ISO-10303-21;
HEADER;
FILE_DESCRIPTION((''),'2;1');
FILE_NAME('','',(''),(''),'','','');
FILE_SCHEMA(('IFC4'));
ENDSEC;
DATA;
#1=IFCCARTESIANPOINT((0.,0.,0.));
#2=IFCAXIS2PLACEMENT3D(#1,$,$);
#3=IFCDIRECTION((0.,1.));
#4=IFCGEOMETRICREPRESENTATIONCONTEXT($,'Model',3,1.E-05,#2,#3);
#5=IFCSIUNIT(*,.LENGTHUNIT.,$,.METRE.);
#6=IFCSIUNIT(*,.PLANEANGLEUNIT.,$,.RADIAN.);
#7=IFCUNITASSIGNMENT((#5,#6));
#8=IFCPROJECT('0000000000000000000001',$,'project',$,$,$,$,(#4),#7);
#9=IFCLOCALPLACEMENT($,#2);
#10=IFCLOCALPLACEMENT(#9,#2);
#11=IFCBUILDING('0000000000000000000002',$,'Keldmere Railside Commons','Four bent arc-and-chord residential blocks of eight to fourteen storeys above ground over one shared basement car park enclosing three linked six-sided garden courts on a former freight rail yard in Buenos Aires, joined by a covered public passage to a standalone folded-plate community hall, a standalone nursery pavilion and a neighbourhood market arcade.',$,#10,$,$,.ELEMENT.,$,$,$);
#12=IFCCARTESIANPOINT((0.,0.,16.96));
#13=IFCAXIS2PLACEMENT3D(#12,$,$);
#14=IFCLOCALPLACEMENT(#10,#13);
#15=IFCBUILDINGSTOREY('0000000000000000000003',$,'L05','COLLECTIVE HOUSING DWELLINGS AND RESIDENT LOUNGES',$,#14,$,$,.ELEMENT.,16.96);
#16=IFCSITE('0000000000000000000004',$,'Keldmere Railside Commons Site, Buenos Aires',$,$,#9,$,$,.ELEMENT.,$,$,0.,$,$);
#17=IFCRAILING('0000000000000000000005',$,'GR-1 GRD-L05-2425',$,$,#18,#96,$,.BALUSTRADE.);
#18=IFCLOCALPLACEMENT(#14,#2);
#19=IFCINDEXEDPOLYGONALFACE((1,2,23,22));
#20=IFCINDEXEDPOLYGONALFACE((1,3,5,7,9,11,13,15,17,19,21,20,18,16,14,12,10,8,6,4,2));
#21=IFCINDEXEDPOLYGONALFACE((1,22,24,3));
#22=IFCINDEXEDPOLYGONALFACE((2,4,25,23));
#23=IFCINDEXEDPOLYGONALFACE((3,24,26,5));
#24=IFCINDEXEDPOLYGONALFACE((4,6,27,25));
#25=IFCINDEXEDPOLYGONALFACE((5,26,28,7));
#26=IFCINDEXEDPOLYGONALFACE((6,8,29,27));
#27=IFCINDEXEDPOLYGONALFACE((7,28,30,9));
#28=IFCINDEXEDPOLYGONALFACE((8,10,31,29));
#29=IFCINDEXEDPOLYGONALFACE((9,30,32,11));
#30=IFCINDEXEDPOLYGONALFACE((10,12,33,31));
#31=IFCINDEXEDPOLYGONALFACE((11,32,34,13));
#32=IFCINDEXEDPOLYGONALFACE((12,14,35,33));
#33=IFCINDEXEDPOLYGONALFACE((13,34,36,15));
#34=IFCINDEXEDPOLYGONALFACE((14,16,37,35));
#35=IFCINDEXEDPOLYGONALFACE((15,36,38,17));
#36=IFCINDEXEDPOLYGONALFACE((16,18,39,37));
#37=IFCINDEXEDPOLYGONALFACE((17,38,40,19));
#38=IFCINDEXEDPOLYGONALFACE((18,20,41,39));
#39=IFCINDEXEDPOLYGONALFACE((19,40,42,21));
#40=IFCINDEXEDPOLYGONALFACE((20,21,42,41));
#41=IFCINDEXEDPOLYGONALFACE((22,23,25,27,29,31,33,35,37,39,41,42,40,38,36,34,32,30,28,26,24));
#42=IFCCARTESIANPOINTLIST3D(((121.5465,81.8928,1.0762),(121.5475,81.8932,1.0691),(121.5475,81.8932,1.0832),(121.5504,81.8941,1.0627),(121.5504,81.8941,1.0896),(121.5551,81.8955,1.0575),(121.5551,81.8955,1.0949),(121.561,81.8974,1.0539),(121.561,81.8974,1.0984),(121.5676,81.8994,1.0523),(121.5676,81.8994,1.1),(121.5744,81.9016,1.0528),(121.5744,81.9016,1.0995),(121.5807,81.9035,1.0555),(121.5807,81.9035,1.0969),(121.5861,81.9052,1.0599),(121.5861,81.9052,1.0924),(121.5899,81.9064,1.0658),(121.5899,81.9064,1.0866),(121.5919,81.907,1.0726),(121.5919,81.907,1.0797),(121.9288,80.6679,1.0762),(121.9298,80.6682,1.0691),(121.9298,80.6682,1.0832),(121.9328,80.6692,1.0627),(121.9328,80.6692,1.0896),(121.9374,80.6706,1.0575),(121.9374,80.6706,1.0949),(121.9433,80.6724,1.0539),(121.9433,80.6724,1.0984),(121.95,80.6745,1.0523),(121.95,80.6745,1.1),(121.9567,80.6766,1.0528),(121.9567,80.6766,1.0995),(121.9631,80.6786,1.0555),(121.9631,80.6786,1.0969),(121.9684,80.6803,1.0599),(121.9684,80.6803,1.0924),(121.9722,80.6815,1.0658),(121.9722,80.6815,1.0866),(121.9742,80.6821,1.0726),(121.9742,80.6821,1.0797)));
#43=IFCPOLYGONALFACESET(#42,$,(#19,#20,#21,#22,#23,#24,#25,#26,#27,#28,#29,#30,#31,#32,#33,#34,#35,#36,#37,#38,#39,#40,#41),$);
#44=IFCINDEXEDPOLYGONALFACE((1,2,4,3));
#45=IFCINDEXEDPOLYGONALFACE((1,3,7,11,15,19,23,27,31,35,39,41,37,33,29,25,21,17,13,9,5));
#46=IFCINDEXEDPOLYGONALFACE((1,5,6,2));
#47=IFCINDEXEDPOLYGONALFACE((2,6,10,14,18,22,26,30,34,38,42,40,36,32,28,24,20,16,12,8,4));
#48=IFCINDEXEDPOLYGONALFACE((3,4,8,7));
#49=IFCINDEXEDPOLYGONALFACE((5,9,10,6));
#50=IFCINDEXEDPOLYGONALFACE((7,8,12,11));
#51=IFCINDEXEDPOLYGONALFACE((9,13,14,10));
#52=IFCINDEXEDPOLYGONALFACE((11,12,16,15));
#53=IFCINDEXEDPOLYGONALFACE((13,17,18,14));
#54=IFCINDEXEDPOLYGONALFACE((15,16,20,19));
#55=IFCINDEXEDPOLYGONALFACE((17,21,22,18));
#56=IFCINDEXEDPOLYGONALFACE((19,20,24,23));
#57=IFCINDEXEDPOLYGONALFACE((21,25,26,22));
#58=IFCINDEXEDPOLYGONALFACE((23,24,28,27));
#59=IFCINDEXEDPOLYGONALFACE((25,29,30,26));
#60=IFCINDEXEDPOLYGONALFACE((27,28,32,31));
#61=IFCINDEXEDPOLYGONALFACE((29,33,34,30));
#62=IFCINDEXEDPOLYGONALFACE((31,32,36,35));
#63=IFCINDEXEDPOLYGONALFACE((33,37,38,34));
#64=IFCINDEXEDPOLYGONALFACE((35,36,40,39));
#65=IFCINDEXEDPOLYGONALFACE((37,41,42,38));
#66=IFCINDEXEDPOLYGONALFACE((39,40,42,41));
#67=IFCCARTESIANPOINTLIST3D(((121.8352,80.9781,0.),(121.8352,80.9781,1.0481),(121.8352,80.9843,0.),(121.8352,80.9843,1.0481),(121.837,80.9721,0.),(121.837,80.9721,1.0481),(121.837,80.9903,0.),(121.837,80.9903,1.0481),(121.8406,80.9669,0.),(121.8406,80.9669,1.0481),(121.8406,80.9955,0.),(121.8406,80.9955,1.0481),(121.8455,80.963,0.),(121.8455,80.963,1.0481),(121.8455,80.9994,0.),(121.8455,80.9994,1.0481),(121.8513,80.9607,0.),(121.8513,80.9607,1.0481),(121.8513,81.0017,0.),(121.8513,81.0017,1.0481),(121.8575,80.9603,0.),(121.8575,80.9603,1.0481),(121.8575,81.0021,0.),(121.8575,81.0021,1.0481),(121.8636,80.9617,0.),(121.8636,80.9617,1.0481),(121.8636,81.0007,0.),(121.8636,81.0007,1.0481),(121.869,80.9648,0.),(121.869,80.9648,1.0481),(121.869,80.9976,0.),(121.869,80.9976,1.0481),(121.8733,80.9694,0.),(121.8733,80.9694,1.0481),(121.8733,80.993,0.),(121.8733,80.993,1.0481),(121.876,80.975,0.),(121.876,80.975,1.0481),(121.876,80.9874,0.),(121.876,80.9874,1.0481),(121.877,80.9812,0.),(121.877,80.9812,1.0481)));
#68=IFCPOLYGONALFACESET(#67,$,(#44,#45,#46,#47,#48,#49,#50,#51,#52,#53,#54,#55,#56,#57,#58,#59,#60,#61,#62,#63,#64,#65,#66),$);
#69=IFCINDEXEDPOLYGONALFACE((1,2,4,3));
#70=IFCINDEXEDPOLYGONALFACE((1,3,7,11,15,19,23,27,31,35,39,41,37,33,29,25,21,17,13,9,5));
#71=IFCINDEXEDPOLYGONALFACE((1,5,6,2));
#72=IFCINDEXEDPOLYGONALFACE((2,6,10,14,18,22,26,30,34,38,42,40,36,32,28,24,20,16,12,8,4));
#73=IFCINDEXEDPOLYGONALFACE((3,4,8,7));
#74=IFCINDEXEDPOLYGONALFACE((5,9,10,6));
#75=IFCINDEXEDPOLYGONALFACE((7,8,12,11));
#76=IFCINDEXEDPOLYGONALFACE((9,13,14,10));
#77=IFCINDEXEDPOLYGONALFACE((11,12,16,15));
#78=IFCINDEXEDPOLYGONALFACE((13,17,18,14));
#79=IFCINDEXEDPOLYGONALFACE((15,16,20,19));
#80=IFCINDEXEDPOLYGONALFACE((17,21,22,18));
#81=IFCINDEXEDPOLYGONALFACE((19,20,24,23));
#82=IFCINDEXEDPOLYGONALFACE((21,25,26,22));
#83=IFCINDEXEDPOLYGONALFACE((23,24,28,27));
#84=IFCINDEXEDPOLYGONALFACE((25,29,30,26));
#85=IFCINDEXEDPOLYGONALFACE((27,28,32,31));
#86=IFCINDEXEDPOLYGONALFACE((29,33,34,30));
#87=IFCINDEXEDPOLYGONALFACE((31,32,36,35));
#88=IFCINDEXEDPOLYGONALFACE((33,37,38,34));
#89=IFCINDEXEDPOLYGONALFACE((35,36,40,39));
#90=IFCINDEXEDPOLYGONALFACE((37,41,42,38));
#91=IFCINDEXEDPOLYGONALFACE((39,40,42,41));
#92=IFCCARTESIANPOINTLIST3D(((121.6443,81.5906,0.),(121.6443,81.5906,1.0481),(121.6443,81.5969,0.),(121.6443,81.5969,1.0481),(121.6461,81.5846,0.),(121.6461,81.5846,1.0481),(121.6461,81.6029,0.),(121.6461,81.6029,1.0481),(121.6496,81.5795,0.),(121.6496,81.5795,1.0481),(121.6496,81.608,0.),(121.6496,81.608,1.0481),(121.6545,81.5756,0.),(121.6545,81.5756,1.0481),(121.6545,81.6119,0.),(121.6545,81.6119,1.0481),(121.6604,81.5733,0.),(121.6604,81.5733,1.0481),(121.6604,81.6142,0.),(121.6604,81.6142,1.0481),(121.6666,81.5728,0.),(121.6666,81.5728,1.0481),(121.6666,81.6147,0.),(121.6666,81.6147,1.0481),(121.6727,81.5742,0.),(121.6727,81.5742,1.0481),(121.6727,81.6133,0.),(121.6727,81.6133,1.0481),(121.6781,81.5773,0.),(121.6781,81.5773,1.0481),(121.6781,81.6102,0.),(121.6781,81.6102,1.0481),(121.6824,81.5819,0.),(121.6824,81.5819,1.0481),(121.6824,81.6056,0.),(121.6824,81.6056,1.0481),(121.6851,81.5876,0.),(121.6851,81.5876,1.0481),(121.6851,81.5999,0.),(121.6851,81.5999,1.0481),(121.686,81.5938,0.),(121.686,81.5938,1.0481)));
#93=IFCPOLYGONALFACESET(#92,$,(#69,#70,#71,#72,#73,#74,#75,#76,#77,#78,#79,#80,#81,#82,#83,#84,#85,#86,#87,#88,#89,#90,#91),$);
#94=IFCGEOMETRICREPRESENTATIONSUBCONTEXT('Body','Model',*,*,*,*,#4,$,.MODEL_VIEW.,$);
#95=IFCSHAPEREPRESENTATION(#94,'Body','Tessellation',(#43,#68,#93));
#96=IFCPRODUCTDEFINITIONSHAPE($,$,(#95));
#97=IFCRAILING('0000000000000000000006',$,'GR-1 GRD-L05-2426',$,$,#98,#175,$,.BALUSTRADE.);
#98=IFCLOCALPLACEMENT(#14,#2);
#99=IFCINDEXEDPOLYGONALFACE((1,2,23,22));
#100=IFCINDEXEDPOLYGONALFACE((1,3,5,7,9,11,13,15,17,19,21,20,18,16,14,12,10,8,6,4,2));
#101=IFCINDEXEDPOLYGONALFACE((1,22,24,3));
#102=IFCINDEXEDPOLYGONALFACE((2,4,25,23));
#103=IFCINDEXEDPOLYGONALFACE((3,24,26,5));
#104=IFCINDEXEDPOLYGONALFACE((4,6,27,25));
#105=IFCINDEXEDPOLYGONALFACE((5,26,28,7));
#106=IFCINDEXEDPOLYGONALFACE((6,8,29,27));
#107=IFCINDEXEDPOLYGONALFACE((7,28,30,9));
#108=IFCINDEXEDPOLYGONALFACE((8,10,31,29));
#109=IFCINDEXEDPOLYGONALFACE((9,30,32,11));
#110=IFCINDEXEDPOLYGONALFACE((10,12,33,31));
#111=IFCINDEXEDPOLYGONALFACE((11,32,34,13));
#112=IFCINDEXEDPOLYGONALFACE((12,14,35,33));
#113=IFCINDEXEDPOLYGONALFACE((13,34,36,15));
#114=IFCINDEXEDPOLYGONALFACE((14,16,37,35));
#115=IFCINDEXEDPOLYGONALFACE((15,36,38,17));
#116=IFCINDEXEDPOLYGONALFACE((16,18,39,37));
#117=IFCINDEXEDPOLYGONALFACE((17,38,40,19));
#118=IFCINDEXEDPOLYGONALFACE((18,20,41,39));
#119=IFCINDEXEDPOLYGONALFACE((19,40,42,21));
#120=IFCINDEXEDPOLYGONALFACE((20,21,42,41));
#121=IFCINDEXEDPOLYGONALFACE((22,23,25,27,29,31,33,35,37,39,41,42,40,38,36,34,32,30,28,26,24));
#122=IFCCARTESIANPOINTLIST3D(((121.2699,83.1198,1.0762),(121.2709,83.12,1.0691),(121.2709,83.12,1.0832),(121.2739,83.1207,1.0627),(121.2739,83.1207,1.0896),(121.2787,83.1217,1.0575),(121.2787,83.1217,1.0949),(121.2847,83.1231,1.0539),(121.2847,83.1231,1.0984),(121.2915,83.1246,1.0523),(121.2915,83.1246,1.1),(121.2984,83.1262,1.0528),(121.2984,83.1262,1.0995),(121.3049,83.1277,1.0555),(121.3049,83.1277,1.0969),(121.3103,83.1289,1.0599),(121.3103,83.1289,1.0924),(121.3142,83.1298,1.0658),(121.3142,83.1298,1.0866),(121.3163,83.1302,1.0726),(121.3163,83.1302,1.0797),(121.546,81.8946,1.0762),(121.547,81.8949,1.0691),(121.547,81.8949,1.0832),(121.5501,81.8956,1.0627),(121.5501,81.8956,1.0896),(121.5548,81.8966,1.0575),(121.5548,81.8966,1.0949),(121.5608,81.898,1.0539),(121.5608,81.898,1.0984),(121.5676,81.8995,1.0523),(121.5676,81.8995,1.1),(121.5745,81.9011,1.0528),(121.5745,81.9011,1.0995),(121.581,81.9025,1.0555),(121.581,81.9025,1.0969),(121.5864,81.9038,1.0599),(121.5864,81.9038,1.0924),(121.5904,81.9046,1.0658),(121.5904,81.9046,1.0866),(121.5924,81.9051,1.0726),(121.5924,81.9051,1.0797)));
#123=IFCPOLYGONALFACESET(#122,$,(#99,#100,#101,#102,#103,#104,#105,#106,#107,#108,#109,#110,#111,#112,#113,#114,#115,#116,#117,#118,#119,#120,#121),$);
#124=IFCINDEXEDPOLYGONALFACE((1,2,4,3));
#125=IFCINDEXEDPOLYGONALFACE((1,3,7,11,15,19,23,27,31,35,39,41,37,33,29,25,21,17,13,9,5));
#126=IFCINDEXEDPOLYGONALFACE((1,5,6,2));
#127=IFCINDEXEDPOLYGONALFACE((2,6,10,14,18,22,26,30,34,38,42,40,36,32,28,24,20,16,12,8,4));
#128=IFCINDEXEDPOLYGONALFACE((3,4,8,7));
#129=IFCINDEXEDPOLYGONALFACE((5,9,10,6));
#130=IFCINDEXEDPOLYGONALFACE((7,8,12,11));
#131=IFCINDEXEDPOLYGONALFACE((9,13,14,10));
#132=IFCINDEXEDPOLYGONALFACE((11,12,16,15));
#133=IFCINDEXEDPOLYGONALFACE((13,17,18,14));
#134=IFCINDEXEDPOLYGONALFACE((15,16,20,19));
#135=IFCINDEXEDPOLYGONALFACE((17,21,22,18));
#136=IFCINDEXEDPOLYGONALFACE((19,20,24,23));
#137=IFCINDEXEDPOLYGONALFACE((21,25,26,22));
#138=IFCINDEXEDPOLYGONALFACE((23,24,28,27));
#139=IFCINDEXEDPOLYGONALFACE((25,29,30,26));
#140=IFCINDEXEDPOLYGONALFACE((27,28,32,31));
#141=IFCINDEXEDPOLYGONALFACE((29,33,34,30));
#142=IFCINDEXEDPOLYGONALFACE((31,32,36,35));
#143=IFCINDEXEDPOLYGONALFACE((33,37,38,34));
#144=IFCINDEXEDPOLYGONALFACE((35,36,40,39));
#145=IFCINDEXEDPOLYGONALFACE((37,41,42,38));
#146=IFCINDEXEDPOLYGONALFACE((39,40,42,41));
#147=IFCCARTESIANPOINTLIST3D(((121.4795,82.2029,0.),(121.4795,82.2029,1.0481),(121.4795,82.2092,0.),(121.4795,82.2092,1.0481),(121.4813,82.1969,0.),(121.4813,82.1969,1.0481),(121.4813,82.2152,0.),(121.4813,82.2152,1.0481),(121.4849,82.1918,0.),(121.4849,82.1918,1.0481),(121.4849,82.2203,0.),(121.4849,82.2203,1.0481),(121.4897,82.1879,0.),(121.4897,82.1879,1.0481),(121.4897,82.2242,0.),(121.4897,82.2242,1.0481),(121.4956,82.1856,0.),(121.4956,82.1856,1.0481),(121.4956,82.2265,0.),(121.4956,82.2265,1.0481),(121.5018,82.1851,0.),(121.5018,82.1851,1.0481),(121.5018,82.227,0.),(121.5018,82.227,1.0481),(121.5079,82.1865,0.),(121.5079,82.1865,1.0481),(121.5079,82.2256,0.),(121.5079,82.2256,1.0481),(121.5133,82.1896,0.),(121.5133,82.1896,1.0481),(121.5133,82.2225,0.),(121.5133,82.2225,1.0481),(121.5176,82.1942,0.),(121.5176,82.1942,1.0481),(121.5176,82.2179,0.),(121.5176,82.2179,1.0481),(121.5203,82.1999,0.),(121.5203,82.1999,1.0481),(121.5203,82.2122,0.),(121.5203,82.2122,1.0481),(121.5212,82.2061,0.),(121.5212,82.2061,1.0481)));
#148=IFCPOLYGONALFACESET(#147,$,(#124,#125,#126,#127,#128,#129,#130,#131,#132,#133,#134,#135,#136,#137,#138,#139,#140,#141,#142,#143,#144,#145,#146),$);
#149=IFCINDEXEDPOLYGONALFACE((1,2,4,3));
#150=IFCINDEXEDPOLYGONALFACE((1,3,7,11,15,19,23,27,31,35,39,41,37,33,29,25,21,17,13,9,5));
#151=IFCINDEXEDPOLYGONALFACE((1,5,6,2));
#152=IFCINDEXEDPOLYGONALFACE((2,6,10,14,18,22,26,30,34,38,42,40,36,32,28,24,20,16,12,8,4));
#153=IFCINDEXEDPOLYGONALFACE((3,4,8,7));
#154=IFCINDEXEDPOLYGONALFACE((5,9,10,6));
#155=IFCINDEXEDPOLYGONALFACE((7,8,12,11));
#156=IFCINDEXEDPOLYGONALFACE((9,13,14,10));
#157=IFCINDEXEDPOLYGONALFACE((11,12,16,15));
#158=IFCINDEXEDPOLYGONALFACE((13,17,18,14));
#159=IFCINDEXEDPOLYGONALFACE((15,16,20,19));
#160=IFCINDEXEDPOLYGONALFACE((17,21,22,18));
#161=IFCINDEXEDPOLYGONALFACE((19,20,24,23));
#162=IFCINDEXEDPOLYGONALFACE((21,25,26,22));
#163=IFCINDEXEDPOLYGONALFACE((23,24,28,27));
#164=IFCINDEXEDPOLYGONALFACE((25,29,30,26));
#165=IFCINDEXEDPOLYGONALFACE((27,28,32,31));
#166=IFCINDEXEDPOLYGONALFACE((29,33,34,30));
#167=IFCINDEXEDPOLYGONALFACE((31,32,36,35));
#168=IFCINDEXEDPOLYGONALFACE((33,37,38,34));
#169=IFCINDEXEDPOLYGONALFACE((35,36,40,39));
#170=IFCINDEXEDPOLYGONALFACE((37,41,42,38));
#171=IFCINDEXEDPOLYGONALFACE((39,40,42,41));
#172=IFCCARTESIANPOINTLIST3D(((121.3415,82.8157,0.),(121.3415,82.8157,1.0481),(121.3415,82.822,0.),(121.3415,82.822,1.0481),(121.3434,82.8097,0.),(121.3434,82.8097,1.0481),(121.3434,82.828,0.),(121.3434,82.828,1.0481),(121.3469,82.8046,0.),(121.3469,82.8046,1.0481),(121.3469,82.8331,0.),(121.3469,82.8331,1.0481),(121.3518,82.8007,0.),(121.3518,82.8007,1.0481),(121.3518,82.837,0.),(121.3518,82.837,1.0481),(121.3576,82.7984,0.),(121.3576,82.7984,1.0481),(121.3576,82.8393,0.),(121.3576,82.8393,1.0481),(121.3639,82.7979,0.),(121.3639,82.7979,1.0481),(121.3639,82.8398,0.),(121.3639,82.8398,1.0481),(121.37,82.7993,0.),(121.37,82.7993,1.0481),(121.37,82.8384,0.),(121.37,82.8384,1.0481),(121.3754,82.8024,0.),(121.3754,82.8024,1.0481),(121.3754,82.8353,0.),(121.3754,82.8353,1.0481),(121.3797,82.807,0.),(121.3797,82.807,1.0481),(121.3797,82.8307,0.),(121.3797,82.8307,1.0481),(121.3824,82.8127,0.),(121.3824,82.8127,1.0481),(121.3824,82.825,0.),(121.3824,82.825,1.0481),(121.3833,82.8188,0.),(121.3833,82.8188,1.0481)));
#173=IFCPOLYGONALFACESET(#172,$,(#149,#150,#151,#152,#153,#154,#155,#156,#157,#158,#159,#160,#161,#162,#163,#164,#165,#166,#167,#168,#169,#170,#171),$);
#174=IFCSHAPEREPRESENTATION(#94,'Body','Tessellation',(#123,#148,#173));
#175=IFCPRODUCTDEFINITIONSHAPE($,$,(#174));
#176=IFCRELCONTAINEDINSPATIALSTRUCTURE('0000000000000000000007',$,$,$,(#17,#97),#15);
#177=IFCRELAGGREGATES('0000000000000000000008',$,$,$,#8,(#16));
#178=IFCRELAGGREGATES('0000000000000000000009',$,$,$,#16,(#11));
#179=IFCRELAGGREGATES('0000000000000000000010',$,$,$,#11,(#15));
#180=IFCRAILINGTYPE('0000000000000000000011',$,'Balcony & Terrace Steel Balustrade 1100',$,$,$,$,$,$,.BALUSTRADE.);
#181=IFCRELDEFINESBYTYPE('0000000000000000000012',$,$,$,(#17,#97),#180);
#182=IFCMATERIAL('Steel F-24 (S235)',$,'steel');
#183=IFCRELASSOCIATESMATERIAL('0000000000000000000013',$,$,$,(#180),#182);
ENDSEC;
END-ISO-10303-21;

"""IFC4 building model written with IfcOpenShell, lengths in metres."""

from ifc_helpers import new_model, si_unit, direction, frame, origin, origin_2d, place, context, subcontext, project, spatial, circle, extrude, material, type_object, element, save


model = new_model("IFC4")

# Units and contexts
model_context = context("Model", 3, precision=1e-05, world=origin(), true_north=direction((0.0, 1.0)))
body_context = subcontext(model_context, "Body", "Model", "MODEL_VIEW")
ifc_project = project(units=[si_unit("LENGTHUNIT", "METRE"), si_unit("PLANEANGLEUNIT", "RADIAN")], contexts=[model_context])

# Site, building, storey
site_placement = place(None, origin())
site = spatial("IfcSite", under=ifc_project, at=site_placement, Name="Keldmere Railside Commons Site, Buenos Aires", CompositionType="ELEMENT", RefElevation=0.0)
building_placement = place(site_placement, origin())
building = spatial("IfcBuilding", under=site, at=building_placement, Name="Keldmere Railside Commons", Description="Four bent arc-and-chord residential blocks of eight to fourteen storeys above ground over one shared basement car park enclosing three linked six-sided garden courts on a former freight rail yard in Buenos Aires, joined by a covered public passage to a standalone folded-plate community hall, a standalone nursery pavilion and a neighbourhood market arcade.", CompositionType="ELEMENT")
storey_placement = place(building_placement, frame((0.0, 0.0, 16.96)))
storey = spatial("IfcBuildingStorey", under=building, at=storey_placement, Name="L05", Description="COLLECTIVE HOUSING DWELLINGS AND RESIDENT LOUNGES", CompositionType="ELEMENT", Elevation=16.96)

# Railings
ifc_material_1 = material(Name="Steel F-24 (S235)", Category="steel")
railing_type = type_object("IfcRailingType", Name="Balcony & Terrace Steel Balustrade 1100", PredefinedType="BALUSTRADE", material=ifc_material_1)
railing_1_placement = place(storey_placement, frame((121.9517, 80.675, 0.0)))
element("IfcRailing", 1, at=railing_1_placement, inside=storey, type_object=railing_type, Name="GR-1 GRD-L05-2425", PredefinedType="BALUSTRADE", context=body_context, shape_type="SweptSolid", body=[
    extrude(circle(Radius=0.0239, at=origin_2d()), frame((0.0, 0.0, 1.0762), z_axis=(-0.297961, 0.954578, 0.0), x_axis=(-0.954578, -0.297961, 0.0)), (0.0, 0.0, 1.0), 1.2832),
    extrude(circle(Radius=0.021, at=origin_2d()), frame((-0.0957, 0.3062, 0.0)), (0.0, 0.0, 1.0), 1.0481),
    extrude(circle(Radius=0.021, at=origin_2d()), frame((-0.2866, 0.9187, 0.0)), (0.0, 0.0, 1.0), 1.0481),
])
railing_2_placement = place(storey_placement, frame((121.5693, 81.8999, 0.0)))
element("IfcRailing", 2, at=railing_2_placement, inside=storey, type_object=railing_type, Name="GR-1 GRD-L05-2426", PredefinedType="BALUSTRADE", context=body_context, shape_type="SweptSolid", body=[
    extrude(circle(Radius=0.0239, at=origin_2d()), frame((0.0, 0.0, 1.0762), z_axis=(-0.219873, 0.975529, 0.0), x_axis=(-0.975529, -0.219873, 0.0)), (0.0, 0.0, 1.0), 1.2559),
    extrude(circle(Radius=0.021, at=origin_2d()), frame((-0.0691, 0.3062, 0.0)), (0.0, 0.0, 1.0), 1.0481),
    extrude(circle(Radius=0.021, at=origin_2d()), frame((-0.207, 0.9189, 0.0)), (0.0, 0.0, 1.0), 1.0481),
])

save(model, "model.ifc")
